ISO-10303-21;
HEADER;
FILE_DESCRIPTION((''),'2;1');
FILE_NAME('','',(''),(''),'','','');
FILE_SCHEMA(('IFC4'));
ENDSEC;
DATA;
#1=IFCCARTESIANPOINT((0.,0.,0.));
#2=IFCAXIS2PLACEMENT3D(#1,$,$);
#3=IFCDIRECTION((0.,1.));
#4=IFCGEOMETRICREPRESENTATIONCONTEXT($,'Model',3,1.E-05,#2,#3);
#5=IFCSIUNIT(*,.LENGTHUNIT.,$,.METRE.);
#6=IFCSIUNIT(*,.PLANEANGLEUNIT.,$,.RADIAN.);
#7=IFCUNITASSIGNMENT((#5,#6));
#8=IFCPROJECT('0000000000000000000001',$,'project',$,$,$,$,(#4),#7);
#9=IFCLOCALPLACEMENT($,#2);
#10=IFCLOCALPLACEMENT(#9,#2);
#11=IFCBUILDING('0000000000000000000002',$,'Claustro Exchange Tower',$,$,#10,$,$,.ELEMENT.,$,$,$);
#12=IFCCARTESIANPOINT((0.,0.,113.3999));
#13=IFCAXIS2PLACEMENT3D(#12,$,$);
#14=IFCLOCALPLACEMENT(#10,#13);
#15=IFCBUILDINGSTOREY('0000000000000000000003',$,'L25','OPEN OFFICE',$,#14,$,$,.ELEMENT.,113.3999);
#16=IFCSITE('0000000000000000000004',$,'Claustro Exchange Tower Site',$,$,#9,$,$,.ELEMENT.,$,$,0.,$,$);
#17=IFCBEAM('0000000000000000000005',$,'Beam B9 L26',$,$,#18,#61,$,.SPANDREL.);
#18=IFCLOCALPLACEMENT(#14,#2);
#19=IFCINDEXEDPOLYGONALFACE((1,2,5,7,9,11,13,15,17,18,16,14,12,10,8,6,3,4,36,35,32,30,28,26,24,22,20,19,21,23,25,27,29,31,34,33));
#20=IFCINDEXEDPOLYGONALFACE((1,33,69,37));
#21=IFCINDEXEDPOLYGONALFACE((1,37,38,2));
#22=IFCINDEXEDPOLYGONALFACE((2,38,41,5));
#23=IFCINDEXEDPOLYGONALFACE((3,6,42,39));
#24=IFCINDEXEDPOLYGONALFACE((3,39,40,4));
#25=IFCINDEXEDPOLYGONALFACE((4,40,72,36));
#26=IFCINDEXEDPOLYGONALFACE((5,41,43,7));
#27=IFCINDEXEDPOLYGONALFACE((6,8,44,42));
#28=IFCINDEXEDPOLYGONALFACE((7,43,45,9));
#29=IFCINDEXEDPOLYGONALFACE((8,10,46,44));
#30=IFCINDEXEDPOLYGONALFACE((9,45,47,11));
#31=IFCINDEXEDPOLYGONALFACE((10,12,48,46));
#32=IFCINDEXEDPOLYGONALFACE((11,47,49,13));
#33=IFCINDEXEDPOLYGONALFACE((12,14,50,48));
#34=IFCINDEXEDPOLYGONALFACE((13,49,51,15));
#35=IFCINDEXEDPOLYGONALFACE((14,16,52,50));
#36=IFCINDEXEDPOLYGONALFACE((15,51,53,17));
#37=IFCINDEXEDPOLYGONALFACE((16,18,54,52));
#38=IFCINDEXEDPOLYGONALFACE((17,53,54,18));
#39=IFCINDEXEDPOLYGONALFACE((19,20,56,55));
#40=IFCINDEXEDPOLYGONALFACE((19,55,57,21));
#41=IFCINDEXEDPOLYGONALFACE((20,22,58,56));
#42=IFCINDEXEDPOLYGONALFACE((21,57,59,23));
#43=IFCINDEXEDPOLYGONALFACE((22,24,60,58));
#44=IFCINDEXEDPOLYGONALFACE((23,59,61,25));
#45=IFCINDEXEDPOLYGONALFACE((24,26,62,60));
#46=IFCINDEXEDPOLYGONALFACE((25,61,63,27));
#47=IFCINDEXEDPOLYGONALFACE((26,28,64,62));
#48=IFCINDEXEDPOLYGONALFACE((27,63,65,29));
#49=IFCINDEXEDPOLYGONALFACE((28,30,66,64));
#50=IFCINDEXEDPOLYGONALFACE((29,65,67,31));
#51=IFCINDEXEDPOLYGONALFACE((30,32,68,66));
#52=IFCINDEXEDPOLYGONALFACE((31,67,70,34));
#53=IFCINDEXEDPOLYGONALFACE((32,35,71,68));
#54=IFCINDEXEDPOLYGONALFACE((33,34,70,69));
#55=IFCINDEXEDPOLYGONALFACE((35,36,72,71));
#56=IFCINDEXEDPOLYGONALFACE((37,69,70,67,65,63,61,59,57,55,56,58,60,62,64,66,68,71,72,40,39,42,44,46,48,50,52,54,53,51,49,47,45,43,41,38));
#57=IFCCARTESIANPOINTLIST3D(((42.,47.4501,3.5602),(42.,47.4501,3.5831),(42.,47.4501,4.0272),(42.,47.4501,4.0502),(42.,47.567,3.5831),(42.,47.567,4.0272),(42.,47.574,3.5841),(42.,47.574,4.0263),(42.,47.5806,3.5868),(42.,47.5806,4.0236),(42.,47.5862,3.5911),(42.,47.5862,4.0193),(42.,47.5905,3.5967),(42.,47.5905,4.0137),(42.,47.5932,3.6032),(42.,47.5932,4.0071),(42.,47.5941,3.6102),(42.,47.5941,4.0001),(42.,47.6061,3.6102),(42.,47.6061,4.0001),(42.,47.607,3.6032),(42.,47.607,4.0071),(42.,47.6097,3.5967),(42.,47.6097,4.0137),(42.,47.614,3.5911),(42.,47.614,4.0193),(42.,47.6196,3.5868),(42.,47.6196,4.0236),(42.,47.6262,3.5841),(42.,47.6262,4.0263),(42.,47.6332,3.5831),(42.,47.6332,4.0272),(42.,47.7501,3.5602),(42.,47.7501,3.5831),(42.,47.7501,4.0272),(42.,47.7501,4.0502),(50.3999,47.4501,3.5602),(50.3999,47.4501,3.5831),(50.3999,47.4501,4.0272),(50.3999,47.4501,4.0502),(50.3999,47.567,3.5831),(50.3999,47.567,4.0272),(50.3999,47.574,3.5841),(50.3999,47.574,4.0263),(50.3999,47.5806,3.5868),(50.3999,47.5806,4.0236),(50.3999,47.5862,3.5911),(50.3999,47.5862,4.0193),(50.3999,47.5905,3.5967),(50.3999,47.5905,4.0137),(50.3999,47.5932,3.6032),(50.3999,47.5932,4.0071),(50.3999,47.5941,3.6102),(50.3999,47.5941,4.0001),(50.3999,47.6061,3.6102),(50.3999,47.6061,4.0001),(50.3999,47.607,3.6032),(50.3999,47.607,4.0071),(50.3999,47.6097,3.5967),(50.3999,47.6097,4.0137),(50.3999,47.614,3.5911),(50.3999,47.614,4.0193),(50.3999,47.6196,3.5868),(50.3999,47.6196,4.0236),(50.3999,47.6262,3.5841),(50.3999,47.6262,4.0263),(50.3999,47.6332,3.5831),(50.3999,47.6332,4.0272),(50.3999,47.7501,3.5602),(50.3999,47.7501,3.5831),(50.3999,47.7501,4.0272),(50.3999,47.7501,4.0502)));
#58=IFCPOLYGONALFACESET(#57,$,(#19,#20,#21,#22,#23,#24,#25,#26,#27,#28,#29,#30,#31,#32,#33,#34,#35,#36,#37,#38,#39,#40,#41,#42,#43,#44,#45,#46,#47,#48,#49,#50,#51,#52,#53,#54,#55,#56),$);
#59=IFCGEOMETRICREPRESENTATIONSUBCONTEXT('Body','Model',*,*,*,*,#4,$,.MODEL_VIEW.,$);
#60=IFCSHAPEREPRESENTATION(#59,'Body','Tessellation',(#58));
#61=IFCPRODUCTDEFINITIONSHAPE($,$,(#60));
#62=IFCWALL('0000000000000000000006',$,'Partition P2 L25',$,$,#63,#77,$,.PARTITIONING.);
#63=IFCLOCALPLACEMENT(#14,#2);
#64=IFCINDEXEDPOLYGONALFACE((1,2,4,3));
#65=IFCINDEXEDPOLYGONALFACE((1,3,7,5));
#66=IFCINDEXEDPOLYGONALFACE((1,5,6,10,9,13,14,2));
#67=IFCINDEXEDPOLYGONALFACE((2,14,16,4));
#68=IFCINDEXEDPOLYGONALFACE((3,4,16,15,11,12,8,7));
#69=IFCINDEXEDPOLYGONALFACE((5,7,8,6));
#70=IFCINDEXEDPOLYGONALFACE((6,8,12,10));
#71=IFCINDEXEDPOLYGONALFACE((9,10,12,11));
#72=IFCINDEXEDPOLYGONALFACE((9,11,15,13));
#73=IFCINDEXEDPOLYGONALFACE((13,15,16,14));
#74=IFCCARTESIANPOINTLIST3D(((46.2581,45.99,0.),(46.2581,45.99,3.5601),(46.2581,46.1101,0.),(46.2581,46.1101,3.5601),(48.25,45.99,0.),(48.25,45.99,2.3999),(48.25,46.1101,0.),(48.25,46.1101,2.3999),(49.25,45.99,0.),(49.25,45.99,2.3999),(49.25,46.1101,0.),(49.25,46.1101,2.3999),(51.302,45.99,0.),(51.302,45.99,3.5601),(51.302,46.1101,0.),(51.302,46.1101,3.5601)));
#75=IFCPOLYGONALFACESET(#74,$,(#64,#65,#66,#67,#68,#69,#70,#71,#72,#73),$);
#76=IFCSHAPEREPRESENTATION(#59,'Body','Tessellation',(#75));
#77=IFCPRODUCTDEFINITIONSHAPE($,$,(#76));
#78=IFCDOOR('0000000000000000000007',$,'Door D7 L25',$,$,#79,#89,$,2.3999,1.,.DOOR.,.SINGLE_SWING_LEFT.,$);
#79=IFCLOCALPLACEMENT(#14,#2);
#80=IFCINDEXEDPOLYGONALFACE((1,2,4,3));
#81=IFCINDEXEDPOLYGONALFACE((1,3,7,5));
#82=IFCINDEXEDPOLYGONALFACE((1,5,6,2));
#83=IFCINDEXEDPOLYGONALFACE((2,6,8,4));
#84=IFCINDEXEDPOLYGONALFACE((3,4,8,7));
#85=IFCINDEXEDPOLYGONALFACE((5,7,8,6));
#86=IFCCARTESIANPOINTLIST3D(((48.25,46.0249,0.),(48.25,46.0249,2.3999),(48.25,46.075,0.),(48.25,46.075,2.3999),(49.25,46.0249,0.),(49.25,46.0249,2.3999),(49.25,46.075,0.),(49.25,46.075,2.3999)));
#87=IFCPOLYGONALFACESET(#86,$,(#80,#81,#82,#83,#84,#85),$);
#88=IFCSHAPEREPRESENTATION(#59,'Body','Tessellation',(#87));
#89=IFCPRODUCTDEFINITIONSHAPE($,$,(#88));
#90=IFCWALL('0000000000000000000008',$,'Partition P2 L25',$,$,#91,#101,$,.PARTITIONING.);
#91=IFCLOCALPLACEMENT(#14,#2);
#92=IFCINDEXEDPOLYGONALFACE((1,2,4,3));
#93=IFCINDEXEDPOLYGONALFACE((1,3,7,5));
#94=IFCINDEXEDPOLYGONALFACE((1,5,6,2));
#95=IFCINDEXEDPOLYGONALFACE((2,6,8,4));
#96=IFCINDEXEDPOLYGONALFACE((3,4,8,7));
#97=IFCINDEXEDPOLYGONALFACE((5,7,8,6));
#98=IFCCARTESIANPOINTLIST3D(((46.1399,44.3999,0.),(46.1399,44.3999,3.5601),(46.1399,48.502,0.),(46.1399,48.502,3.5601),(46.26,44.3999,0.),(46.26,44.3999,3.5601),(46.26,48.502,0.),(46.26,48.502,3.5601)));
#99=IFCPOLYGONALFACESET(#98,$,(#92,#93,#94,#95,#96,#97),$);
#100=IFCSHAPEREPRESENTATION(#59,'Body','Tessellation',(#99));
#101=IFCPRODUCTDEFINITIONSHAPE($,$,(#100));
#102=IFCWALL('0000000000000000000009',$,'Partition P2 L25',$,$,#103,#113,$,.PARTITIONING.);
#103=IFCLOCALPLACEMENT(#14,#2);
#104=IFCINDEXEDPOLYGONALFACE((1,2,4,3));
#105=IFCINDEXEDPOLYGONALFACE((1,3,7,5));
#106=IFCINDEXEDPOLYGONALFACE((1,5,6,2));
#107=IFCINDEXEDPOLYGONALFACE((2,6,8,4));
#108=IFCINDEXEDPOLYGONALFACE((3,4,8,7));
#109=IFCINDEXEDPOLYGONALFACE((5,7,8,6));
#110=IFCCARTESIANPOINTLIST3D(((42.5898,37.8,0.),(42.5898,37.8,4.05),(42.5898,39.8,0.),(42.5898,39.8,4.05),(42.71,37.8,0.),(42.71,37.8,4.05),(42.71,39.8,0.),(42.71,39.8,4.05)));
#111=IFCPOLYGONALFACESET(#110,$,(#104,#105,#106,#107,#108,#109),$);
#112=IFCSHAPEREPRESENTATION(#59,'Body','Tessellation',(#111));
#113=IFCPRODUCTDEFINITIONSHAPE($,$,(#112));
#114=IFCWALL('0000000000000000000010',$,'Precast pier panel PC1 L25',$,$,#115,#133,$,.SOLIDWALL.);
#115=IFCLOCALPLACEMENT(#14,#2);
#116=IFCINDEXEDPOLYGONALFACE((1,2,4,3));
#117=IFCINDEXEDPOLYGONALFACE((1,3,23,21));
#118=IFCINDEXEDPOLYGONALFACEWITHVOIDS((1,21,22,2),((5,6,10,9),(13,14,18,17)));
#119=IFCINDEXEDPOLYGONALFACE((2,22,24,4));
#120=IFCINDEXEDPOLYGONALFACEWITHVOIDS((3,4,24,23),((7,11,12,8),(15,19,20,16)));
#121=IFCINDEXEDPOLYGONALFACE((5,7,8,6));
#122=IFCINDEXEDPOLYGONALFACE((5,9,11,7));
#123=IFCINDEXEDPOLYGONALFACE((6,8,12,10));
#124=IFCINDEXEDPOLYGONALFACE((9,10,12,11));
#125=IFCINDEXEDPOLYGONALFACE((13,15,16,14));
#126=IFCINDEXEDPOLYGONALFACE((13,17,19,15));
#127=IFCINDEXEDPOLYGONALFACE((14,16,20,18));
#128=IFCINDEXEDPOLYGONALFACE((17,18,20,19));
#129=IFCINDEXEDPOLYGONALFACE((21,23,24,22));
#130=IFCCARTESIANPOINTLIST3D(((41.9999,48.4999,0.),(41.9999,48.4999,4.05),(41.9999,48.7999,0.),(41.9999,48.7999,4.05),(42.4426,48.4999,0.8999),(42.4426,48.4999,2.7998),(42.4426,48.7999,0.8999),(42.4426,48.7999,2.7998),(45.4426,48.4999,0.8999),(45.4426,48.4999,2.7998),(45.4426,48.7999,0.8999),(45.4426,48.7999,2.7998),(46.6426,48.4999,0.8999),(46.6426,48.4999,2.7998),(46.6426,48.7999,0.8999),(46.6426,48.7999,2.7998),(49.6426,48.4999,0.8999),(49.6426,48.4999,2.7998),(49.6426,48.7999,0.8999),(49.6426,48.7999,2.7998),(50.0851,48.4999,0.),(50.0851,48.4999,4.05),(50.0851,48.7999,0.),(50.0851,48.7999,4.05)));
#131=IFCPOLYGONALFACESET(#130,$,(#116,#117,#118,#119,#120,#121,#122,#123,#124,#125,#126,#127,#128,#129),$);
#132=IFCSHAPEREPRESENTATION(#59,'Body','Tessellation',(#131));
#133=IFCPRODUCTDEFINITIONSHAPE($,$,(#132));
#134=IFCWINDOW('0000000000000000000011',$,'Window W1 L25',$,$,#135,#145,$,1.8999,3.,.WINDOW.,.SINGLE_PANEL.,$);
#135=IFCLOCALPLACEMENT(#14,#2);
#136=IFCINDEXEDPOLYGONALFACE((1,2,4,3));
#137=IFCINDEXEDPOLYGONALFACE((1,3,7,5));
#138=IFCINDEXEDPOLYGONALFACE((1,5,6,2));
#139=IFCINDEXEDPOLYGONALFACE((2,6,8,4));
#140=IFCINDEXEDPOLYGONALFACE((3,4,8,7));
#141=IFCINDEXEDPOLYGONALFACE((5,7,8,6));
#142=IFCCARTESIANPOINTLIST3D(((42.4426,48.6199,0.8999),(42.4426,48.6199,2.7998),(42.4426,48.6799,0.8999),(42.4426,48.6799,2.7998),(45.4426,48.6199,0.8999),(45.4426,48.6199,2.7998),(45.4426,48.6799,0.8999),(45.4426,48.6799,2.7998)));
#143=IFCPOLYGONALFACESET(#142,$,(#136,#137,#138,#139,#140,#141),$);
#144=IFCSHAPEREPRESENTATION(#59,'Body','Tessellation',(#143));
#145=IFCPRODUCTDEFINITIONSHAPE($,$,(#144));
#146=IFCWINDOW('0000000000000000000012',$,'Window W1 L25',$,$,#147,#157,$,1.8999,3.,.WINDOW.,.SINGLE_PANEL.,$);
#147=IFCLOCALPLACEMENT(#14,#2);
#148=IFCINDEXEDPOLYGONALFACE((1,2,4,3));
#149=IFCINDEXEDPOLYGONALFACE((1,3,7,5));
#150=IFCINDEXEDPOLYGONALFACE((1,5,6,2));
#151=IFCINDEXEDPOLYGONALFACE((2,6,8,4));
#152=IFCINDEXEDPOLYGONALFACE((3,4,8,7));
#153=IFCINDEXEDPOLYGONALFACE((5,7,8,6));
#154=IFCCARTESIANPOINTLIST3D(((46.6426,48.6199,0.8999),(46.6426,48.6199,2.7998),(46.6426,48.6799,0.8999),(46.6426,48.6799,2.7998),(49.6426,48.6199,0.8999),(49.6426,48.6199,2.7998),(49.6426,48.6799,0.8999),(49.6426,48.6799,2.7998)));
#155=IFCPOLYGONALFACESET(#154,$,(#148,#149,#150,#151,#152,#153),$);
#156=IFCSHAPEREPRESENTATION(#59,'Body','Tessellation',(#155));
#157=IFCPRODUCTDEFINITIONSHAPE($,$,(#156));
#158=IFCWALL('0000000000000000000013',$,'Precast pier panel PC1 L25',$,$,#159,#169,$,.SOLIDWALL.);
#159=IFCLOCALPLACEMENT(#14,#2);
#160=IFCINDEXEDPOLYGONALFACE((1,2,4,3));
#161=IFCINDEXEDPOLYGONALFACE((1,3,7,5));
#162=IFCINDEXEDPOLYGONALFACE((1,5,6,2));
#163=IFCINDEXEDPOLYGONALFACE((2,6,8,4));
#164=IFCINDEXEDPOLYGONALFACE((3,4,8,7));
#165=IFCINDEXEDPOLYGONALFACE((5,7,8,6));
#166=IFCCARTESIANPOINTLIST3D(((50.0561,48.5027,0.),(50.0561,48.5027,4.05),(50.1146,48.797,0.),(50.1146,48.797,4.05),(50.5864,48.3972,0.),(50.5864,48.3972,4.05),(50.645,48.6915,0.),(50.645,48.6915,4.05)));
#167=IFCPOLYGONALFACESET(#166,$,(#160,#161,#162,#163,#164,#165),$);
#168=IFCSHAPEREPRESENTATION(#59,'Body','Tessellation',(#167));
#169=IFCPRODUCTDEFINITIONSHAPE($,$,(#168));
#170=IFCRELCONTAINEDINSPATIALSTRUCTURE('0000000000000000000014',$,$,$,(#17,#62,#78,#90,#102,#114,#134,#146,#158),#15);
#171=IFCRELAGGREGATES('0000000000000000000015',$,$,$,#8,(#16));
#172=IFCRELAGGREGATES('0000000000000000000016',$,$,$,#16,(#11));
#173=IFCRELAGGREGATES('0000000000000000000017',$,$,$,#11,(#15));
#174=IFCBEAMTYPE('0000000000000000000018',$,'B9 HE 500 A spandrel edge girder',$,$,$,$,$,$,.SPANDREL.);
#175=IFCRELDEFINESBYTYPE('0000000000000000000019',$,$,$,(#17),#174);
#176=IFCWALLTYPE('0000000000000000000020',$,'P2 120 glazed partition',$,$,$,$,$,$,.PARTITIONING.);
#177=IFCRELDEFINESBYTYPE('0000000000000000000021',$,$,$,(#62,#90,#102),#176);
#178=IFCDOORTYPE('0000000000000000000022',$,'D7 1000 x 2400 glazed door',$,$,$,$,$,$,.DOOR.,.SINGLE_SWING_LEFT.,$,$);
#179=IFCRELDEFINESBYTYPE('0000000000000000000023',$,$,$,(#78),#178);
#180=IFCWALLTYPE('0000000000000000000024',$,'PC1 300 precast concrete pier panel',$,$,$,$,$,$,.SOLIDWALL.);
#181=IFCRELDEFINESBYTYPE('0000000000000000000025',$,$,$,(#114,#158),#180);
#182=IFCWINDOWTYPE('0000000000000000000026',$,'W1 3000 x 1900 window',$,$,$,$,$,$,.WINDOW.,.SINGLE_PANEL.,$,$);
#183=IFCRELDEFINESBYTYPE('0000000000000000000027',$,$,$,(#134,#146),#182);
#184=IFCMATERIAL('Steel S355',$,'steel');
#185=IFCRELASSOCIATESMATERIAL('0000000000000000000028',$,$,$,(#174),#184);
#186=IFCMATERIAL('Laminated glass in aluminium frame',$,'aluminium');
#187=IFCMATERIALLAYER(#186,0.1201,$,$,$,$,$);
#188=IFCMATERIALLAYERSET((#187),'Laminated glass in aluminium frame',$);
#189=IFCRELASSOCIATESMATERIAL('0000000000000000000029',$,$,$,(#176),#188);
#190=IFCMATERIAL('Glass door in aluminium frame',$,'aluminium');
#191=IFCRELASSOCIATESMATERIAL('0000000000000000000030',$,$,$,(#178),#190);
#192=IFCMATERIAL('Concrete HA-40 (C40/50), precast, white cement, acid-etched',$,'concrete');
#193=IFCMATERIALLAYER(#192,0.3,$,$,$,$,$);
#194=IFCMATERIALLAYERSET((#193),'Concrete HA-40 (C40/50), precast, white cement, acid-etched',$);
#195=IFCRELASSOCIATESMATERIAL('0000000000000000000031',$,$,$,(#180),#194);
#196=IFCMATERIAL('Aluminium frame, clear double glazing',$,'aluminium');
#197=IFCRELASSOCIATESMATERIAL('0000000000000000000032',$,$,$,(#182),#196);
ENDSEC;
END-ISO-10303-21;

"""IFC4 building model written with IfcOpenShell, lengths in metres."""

from ifc_helpers import new_model, si_unit, direction, frame, frame_2d, origin, origin_2d, place, context, subcontext, project, spatial, rectangle, i_section, extrude, material, layer, layer_set, material_profile, profile_set, type_object, element, fill, save


model = new_model("IFC4")

# Units and contexts
model_context = context("Model", 3, precision=1e-05, world=origin(), true_north=direction((0.0, 1.0)))
body_context = subcontext(model_context, "Body", "Model", "MODEL_VIEW")
ifc_project = project(units=[si_unit("LENGTHUNIT", "METRE"), si_unit("PLANEANGLEUNIT", "RADIAN")], contexts=[model_context])

# Site, building, storey
site_placement = place(None, origin())
site = spatial("IfcSite", under=ifc_project, at=site_placement, Name="Claustro Exchange Tower Site", CompositionType="ELEMENT", RefElevation=0.0)
building_placement = place(site_placement, origin())
building = spatial("IfcBuilding", under=site, at=building_placement, Name="Claustro Exchange Tower", CompositionType="ELEMENT")
storey_placement = place(building_placement, frame((0.0, 0.0, 113.3999)))
storey = spatial("IfcBuildingStorey", under=building, at=storey_placement, Name="L25", Description="OPEN OFFICE", CompositionType="ELEMENT", Elevation=113.3999)

# Beam
ifc_material_1 = material(Name="Steel S355", Category="steel")
ifc_material_profile_1 = material_profile(ifc_material_1, i_section(OverallWidth=0.3, OverallDepth=0.49, WebThickness=0.012, FlangeThickness=0.0229, FilletRadius=0.0271, at=origin_2d()), Name="HE 500 A")
ifc_profile_set_1 = profile_set([ifc_material_profile_1], Name="Steel S355")
beam_type_1 = type_object("IfcBeamType", Name="B9 HE 500 A spandrel edge girder", PredefinedType="SPANDREL", material=ifc_profile_set_1)
beam_1_placement = place(storey_placement, frame((42.0, 47.6001, 3.8052), z_axis=(1.0, 0.0, 0.0), x_axis=(0.0, 1.0, 0.0)))
element("IfcBeam", 1, at=beam_1_placement, inside=storey, type_object=beam_type_1, Name="Beam B9 L26", PredefinedType="SPANDREL", context=body_context, shape_type="SweptSolid", body=[
    extrude(i_section(OverallWidth=0.3, OverallDepth=0.49, WebThickness=0.012, FlangeThickness=0.0229, FilletRadius=0.0271, at=origin_2d()), origin(), (0.0, 0.0, 1.0), 8.3999),
])

# Wall, opening, door
ifc_material_2 = material(Name="Laminated glass in aluminium frame", Category="aluminium")
ifc_layer_1 = layer(ifc_material_2, 0.1201)
ifc_layer_set_1 = layer_set([ifc_layer_1], Name="Laminated glass in aluminium frame")
wall_type_1 = type_object("IfcWallType", Name="P2 120 glazed partition", PredefinedType="PARTITIONING", material=ifc_layer_set_1)
wall_1_placement = place(storey_placement, frame((46.2581, 46.05, 0.0), z_axis=(0.0, 0.0, 1.0), x_axis=(1.0, 0.0, 0.0)))
wall_1 = element("IfcWall", 2, at=wall_1_placement, inside=storey, type_object=wall_type_1, Name="Partition P2 L25", PredefinedType="PARTITIONING", context=body_context, shape_type="SweptSolid", body=[
    extrude(rectangle(XDim=5.0439, YDim=0.1201, at=frame_2d((2.522, 0.0))), origin(), (0.0, 0.0, 1.0), 3.5601),
])
opening_1_placement = place(wall_1_placement, frame((1.9919, 0.0, 0.0)))
opening_1 = element("IfcOpeningElement", 3, at=opening_1_placement, cuts=wall_1, PredefinedType="OPENING", context=body_context, shape_type="SweptSolid", body=[
    extrude(rectangle(XDim=1.0, YDim=2.3999, at=frame_2d((0.5, 1.2))), frame((0.0, 0.0701, 0.0), z_axis=(0.0, -1.0, 0.0), x_axis=(1.0, 0.0, 0.0)), (0.0, 0.0, 1.0), 0.1401),
])
ifc_material_3 = material(Name="Glass door in aluminium frame", Category="aluminium")
door_type = type_object("IfcDoorType", Name="D7 1000 x 2400 glazed door", OperationType="SINGLE_SWING_LEFT", PredefinedType="DOOR", material=ifc_material_3)
door_placement = place(opening_1_placement, origin())
door = element("IfcDoor", 4, at=door_placement, inside=storey, type_object=door_type, Name="Door D7 L25", OperationType="SINGLE_SWING_LEFT", OverallHeight=2.3999, OverallWidth=1.0, PredefinedType="DOOR", context=body_context, shape_type="SweptSolid", body=[
    extrude(rectangle(XDim=1.0, YDim=2.3999, at=frame_2d((0.5, 1.2))), frame((0.0, 0.0249, 0.0), z_axis=(0.0, -1.0, 0.0), x_axis=(1.0, 0.0, 0.0)), (0.0, 0.0, 1.0), 0.05),
])
fill(opening_1, door)

# Walls
wall_2_placement = place(storey_placement, frame((46.2, 44.3999, 0.0), z_axis=(0.0, 0.0, 1.0), x_axis=(0.0, 1.0, 0.0)))
element("IfcWall", 5, at=wall_2_placement, inside=storey, type_object=wall_type_1, Name="Partition P2 L25", PredefinedType="PARTITIONING", context=body_context, shape_type="SweptSolid", body=[
    extrude(rectangle(XDim=4.1021, YDim=0.1201, at=frame_2d((2.051, 0.0))), origin(), (0.0, 0.0, 1.0), 3.5601),
])
wall_3_placement = place(storey_placement, frame((42.6499, 37.8, 0.0), z_axis=(0.0, 0.0, 1.0), x_axis=(0.0, 1.0, 0.0)))
element("IfcWall", 6, at=wall_3_placement, inside=storey, type_object=wall_type_1, Name="Partition P2 L25", PredefinedType="PARTITIONING", context=body_context, shape_type="SweptSolid", body=[
    extrude(rectangle(XDim=2.0, YDim=0.1201, at=frame_2d((1.0, 0.0))), origin(), (0.0, 0.0, 1.0), 4.05),
])

# Wall, openings, windows
ifc_material_4 = material(Name="Concrete HA-40 (C40/50), precast, white cement, acid-etched", Category="concrete")
ifc_layer_2 = layer(ifc_material_4, 0.3)
ifc_layer_set_2 = layer_set([ifc_layer_2], Name="Concrete HA-40 (C40/50), precast, white cement, acid-etched")
wall_type_2 = type_object("IfcWallType", Name="PC1 300 precast concrete pier panel", PredefinedType="SOLIDWALL", material=ifc_layer_set_2)
wall_4_placement = place(storey_placement, frame((42.0, 48.6499, 0.0), z_axis=(0.0, 0.0, 1.0), x_axis=(1.0, 0.0, 0.0)))
wall_4 = element("IfcWall", 7, at=wall_4_placement, inside=storey, type_object=wall_type_2, Name="Precast pier panel PC1 L25", PredefinedType="SOLIDWALL", context=body_context, shape_type="SweptSolid", body=[
    extrude(rectangle(XDim=8.0852, YDim=0.3, at=frame_2d((4.0425, 0.0))), origin(), (0.0, 0.0, 1.0), 4.05),
])
opening_2_placement = place(wall_4_placement, frame((0.4426, 0.0, 0.8999)))
opening_2 = element("IfcOpeningElement", 8, at=opening_2_placement, cuts=wall_4, PredefinedType="OPENING", context=body_context, shape_type="SweptSolid", body=[
    extrude(rectangle(XDim=3.0, YDim=1.8999, at=frame_2d((1.5, 0.95))), frame((0.0, 0.1599, 0.0), z_axis=(0.0, -1.0, 0.0), x_axis=(1.0, 0.0, 0.0)), (0.0, 0.0, 1.0), 0.3201),
])
opening_3_placement = place(wall_4_placement, frame((4.6426, 0.0, 0.8999)))
opening_3 = element("IfcOpeningElement", 9, at=opening_3_placement, cuts=wall_4, PredefinedType="OPENING", context=body_context, shape_type="SweptSolid", body=[
    extrude(rectangle(XDim=3.0, YDim=1.8999, at=frame_2d((1.5, 0.95))), frame((0.0, 0.1599, 0.0), z_axis=(0.0, -1.0, 0.0), x_axis=(1.0, 0.0, 0.0)), (0.0, 0.0, 1.0), 0.3201),
])
ifc_material_5 = material(Name="Aluminium frame, clear double glazing", Category="aluminium")
window_type_1 = type_object("IfcWindowType", Name="W1 3000 x 1900 window", PartitioningType="SINGLE_PANEL", PredefinedType="WINDOW", material=ifc_material_5)
window_1_placement = place(opening_2_placement, origin())
window_1 = element("IfcWindow", 10, at=window_1_placement, inside=storey, type_object=window_type_1, Name="Window W1 L25", OverallHeight=1.8999, OverallWidth=3.0, PartitioningType="SINGLE_PANEL", PredefinedType="WINDOW", context=body_context, shape_type="SweptSolid", body=[
    extrude(rectangle(XDim=3.0, YDim=1.8999, at=frame_2d((1.5, 0.95))), frame((0.0, 0.03, 0.0), z_axis=(0.0, -1.0, 0.0), x_axis=(1.0, 0.0, 0.0)), (0.0, 0.0, 1.0), 0.0601),
])
fill(opening_2, window_1)
window_2_placement = place(opening_3_placement, origin())
window_2 = element("IfcWindow", 11, at=window_2_placement, inside=storey, type_object=window_type_1, Name="Window W1 L25", OverallHeight=1.8999, OverallWidth=3.0, PartitioningType="SINGLE_PANEL", PredefinedType="WINDOW", context=body_context, shape_type="SweptSolid", body=[
    extrude(rectangle(XDim=3.0, YDim=1.8999, at=frame_2d((1.5, 0.95))), frame((0.0, 0.03, 0.0), z_axis=(0.0, -1.0, 0.0), x_axis=(1.0, 0.0, 0.0)), (0.0, 0.0, 1.0), 0.0601),
])
fill(opening_3, window_2)

# Wall
wall_5_placement = place(storey_placement, frame((50.0852, 48.6499, 0.0), z_axis=(0.0, 0.0, 1.0), x_axis=(0.980789, -0.195074, 0.0)))
element("IfcWall", 12, at=wall_5_placement, inside=storey, type_object=wall_type_2, Name="Precast pier panel PC1 L25", PredefinedType="SOLIDWALL", context=body_context, shape_type="SweptSolid", body=[
    extrude(rectangle(XDim=0.5408, YDim=0.3, at=frame_2d((0.2705, 0.0))), origin(), (0.0, 0.0, 1.0), 4.05),
])

save(model, "model.ifc")
